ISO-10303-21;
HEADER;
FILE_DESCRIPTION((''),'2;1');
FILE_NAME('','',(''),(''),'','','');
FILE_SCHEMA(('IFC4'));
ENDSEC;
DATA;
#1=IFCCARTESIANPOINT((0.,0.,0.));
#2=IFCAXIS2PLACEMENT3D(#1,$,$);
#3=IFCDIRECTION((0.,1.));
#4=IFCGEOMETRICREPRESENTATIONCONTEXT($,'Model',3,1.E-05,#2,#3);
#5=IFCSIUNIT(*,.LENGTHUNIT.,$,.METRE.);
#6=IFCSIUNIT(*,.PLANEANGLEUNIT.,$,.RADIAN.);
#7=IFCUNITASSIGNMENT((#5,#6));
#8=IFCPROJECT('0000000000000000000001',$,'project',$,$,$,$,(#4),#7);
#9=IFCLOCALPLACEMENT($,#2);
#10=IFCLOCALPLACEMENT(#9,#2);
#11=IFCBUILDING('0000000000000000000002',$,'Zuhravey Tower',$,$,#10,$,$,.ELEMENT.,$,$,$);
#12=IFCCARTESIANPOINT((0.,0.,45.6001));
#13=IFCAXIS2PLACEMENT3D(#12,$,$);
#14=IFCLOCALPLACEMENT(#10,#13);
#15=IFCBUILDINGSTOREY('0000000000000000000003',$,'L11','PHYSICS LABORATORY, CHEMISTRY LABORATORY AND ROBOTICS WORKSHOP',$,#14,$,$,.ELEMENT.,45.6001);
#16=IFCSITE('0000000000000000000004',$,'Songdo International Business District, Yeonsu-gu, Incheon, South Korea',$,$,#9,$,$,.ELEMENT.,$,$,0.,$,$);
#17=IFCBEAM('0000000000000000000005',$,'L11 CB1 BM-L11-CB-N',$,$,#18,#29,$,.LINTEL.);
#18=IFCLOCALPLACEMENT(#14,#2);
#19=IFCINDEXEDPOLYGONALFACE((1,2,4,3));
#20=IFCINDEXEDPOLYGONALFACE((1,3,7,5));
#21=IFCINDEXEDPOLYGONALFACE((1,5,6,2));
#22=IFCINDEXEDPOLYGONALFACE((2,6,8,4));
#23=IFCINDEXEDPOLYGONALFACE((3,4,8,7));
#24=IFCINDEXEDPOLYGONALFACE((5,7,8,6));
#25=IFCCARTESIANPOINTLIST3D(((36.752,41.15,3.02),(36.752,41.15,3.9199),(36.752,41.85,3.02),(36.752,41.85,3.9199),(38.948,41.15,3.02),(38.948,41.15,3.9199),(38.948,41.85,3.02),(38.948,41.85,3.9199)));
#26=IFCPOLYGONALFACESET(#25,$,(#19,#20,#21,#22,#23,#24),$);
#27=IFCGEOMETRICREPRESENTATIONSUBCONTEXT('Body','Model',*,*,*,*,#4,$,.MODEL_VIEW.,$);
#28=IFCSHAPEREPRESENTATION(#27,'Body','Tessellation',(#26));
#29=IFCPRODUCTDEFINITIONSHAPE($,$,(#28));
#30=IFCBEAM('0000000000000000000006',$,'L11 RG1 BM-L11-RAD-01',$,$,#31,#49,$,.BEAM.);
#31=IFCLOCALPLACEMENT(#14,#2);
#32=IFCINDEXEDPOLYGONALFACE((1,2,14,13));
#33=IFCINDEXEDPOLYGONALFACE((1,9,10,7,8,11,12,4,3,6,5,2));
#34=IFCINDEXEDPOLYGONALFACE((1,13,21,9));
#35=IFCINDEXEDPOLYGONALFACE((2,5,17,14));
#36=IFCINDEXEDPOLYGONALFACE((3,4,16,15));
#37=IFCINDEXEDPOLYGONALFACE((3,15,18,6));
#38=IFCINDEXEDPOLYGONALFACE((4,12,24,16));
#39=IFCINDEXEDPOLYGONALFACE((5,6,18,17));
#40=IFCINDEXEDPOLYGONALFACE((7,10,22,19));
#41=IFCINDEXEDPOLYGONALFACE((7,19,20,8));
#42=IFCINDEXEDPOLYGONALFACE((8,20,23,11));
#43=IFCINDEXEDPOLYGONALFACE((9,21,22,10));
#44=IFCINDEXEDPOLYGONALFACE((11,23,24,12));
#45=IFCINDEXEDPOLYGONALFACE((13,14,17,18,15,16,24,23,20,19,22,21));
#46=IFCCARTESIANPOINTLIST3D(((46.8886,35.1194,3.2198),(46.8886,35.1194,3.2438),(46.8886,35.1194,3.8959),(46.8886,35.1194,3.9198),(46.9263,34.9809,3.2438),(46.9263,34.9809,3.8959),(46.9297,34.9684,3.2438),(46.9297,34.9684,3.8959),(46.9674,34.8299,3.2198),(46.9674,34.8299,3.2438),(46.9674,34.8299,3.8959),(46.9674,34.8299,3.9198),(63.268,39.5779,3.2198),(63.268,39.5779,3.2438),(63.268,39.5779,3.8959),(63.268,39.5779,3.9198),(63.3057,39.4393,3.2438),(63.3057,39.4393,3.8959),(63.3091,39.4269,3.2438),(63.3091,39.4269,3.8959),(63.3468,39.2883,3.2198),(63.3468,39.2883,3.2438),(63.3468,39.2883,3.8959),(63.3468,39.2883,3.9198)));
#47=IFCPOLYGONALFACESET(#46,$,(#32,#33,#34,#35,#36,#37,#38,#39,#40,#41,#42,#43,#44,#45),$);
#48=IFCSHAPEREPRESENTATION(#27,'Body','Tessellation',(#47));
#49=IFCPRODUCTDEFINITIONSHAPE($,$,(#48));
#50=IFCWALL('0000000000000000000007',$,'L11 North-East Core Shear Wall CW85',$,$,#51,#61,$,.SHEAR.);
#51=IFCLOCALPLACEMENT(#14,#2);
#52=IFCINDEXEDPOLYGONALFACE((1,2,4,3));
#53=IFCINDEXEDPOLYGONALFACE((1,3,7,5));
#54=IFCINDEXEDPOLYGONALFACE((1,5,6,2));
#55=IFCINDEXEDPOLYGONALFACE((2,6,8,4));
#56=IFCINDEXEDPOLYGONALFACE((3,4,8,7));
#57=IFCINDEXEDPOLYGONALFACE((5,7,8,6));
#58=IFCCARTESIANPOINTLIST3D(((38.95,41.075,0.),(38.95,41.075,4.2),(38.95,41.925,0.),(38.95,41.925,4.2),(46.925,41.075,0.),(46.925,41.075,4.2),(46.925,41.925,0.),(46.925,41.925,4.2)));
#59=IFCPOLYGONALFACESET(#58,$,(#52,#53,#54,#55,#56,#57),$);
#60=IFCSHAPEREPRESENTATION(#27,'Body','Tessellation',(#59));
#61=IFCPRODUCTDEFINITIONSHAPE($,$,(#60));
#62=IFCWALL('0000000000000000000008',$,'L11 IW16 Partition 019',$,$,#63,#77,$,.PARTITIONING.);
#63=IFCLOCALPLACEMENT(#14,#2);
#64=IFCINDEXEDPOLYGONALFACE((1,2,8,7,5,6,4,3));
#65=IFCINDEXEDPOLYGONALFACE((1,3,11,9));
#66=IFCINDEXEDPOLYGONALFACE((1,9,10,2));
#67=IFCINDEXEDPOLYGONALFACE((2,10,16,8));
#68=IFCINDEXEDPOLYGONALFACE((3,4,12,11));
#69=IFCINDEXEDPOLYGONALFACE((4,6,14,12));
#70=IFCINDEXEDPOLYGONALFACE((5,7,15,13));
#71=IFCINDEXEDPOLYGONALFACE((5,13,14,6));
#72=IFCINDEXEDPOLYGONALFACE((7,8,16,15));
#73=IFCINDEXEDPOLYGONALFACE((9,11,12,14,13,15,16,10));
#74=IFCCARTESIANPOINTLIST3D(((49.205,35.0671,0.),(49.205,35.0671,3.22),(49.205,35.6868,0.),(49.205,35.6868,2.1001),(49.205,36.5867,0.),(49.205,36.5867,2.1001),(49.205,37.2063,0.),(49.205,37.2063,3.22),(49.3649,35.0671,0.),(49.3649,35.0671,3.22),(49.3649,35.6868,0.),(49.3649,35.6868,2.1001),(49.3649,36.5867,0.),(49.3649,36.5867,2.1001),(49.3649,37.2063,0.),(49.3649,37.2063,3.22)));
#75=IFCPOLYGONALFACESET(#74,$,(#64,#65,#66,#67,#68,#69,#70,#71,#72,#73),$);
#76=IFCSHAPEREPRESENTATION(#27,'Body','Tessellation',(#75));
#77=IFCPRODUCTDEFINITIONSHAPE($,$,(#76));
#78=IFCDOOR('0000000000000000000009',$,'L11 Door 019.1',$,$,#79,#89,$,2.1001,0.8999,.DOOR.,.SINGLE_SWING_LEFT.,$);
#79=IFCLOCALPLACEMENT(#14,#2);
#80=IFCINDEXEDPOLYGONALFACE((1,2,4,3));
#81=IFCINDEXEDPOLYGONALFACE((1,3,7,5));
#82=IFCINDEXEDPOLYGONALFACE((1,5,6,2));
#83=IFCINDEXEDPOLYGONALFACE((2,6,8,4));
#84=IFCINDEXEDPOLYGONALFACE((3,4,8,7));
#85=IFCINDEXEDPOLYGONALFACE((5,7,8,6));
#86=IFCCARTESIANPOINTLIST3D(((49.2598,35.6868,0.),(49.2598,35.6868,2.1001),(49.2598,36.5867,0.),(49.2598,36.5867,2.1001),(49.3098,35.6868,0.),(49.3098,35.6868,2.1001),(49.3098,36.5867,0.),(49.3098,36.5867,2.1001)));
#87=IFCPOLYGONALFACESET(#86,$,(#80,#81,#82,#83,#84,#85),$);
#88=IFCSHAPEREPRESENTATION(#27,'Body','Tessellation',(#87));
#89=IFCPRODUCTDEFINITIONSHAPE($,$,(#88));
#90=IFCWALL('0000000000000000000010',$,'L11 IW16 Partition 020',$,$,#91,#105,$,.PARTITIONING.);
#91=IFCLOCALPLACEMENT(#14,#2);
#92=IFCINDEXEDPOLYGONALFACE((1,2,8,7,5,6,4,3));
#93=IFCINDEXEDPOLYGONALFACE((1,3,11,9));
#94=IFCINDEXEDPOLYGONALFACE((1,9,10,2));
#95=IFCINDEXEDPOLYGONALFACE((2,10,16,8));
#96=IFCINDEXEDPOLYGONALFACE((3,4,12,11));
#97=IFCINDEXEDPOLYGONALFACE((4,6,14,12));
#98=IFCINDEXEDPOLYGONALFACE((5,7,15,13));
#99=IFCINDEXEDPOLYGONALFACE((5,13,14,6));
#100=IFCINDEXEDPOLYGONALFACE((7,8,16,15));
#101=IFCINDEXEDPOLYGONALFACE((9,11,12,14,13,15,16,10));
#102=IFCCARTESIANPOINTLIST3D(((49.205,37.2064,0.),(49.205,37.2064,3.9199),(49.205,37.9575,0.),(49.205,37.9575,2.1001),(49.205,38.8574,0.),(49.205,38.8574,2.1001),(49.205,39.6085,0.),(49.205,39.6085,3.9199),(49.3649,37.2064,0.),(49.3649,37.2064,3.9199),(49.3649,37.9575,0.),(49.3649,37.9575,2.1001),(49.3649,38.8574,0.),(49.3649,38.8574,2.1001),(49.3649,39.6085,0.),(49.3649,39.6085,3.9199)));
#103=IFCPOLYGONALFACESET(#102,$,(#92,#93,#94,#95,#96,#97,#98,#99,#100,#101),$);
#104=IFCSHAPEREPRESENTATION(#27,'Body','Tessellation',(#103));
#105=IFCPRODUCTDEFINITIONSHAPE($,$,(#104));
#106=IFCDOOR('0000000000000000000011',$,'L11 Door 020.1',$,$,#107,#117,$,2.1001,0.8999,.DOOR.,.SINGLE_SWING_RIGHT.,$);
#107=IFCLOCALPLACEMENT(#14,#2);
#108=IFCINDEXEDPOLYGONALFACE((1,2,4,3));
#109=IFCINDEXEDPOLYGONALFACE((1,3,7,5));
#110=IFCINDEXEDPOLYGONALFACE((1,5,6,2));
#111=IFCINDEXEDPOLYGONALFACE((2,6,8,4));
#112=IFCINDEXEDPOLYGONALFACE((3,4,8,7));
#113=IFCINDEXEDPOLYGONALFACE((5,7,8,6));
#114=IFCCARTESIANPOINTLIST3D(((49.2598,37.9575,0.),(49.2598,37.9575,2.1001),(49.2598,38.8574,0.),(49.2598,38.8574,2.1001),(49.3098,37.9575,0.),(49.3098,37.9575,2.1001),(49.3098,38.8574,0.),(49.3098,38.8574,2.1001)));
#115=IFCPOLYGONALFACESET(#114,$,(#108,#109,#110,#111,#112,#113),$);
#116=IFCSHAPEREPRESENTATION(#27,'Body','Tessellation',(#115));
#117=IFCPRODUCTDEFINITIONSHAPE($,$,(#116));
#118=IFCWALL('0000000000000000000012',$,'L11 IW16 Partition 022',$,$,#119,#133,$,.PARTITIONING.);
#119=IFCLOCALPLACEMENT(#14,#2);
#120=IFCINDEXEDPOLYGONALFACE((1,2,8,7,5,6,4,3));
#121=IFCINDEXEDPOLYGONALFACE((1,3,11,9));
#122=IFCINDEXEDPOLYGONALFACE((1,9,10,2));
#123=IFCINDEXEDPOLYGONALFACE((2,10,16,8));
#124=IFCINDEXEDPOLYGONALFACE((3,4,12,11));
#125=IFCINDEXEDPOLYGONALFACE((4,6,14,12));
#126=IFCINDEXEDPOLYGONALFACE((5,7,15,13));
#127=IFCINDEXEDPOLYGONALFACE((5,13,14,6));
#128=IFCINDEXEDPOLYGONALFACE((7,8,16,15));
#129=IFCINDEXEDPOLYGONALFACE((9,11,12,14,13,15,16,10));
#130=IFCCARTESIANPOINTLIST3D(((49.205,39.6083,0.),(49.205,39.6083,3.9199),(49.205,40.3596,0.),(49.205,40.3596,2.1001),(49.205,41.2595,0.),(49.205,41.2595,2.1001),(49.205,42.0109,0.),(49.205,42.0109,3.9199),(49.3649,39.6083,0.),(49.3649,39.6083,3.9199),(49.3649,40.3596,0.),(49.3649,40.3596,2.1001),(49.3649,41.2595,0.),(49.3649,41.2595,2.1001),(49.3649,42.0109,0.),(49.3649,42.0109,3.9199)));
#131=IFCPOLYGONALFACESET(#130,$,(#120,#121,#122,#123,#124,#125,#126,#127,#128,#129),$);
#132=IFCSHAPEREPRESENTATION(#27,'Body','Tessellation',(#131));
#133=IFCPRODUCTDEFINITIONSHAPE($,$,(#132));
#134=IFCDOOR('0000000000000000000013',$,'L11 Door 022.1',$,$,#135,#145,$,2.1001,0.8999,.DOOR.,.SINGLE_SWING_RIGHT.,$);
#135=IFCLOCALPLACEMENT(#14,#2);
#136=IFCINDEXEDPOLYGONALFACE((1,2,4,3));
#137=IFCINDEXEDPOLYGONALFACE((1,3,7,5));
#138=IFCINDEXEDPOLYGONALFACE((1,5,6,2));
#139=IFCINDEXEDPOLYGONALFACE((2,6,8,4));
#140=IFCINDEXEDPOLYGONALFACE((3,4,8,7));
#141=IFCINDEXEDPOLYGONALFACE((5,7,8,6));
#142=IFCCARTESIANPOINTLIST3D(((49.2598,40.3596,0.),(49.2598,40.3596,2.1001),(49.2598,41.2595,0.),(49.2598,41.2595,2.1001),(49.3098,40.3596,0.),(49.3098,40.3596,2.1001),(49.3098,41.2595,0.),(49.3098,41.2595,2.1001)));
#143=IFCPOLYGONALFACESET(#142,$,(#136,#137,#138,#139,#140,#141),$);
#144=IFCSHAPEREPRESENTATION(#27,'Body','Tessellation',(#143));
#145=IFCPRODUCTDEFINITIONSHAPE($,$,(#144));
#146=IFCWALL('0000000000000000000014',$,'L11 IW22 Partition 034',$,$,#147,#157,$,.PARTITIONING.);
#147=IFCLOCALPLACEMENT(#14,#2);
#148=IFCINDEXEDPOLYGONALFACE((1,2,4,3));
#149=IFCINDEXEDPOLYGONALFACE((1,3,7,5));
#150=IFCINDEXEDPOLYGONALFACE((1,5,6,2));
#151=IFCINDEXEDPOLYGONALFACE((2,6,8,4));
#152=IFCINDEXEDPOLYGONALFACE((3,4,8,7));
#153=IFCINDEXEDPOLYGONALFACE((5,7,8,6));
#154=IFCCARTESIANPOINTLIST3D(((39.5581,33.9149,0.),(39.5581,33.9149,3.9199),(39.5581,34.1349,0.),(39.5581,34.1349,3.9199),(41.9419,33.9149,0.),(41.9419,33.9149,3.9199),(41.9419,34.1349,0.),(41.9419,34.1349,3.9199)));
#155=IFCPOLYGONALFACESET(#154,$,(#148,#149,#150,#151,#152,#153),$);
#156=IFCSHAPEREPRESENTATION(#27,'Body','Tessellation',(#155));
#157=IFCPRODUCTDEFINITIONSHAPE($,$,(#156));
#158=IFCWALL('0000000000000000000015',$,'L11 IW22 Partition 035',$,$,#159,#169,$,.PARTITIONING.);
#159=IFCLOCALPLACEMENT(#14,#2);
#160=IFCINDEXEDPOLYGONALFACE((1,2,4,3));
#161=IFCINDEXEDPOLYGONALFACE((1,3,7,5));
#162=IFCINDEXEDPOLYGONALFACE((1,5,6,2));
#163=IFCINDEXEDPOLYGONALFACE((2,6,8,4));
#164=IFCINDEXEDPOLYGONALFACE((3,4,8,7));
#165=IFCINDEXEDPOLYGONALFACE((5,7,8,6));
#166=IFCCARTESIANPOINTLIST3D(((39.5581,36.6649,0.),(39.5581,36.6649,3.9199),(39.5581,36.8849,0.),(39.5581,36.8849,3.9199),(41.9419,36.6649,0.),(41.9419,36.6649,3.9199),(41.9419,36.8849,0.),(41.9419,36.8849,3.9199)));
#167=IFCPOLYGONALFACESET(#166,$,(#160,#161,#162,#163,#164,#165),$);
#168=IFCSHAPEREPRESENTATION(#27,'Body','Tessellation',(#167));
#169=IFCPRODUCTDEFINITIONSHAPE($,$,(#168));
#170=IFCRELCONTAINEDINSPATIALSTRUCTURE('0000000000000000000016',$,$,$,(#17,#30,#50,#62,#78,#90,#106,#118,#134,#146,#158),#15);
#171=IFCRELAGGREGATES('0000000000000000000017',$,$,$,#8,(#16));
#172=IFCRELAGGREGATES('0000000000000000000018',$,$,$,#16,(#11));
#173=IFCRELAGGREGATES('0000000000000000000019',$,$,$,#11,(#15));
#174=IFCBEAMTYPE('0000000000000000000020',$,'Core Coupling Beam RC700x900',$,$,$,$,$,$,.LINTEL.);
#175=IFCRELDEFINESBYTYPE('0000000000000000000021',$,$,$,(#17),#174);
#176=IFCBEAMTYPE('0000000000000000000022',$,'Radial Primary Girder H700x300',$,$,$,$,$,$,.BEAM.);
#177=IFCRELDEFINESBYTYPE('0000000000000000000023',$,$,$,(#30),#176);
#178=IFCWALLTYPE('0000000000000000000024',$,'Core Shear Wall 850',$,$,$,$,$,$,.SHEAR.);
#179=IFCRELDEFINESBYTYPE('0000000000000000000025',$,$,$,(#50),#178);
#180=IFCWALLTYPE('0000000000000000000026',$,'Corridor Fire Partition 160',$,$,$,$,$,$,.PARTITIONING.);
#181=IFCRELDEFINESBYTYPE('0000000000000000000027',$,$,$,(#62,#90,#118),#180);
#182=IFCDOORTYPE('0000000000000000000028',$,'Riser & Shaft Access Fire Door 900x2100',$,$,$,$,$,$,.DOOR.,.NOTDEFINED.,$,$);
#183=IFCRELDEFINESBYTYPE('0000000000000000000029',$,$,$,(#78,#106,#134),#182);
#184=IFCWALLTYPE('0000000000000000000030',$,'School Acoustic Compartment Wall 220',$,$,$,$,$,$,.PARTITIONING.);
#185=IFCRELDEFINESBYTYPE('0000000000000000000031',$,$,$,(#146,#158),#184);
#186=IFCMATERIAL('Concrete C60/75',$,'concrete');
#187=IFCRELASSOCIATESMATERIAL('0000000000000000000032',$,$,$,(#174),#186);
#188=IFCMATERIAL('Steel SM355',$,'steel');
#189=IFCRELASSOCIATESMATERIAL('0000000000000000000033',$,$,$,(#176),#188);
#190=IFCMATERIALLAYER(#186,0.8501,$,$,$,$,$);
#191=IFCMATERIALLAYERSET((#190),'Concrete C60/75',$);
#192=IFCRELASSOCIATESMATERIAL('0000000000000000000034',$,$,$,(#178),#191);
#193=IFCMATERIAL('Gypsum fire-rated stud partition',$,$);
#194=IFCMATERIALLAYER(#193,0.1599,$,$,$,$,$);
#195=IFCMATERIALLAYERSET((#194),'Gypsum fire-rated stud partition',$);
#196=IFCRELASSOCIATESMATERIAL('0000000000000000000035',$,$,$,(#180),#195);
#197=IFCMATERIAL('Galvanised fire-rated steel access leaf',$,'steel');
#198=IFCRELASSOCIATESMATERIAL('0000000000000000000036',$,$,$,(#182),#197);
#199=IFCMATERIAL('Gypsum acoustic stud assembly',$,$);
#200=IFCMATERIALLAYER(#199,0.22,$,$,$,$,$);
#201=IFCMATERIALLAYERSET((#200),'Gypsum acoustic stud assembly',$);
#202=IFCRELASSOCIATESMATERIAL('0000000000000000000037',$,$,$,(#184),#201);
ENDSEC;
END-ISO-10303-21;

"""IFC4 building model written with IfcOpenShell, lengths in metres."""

from ifc_helpers import new_model, si_unit, direction, frame, frame_2d, origin, origin_2d, place, context, subcontext, project, spatial, rectangle, i_section, extrude, material, layer, layer_set, material_profile, profile_set, type_object, element, fill, save


model = new_model("IFC4")

# Units and contexts
model_context = context("Model", 3, precision=1e-05, world=origin(), true_north=direction((0.0, 1.0)))
body_context = subcontext(model_context, "Body", "Model", "MODEL_VIEW")
ifc_project = project(units=[si_unit("LENGTHUNIT", "METRE"), si_unit("PLANEANGLEUNIT", "RADIAN")], contexts=[model_context])

# Site, building, storey
site_placement = place(None, origin())
site = spatial("IfcSite", under=ifc_project, at=site_placement, Name="Songdo International Business District, Yeonsu-gu, Incheon, South Korea", CompositionType="ELEMENT", RefElevation=0.0)
building_placement = place(site_placement, origin())
building = spatial("IfcBuilding", under=site, at=building_placement, Name="Zuhravey Tower", CompositionType="ELEMENT")
storey_placement = place(building_placement, frame((0.0, 0.0, 45.6001)))
storey = spatial("IfcBuildingStorey", under=building, at=storey_placement, Name="L11", Description="PHYSICS LABORATORY, CHEMISTRY LABORATORY AND ROBOTICS WORKSHOP", CompositionType="ELEMENT", Elevation=45.6001)

# Beams
ifc_material_1 = material(Name="Concrete C60/75", Category="concrete")
ifc_material_profile_1 = material_profile(ifc_material_1, rectangle(XDim=0.7, YDim=0.8999, at=origin_2d()), Name="RC-700x900")
ifc_profile_set_1 = profile_set([ifc_material_profile_1], Name="Concrete C60/75")
beam_type_1 = type_object("IfcBeamType", Name="Core Coupling Beam RC700x900", PredefinedType="LINTEL", material=ifc_profile_set_1)
beam_1_placement = place(storey_placement, frame((36.752, 41.5, 3.47), z_axis=(1.0, 0.0, 0.0), x_axis=(0.0, 1.0, 0.0)))
element("IfcBeam", 1, at=beam_1_placement, inside=storey, type_object=beam_type_1, Name="L11 CB1 BM-L11-CB-N", PredefinedType="LINTEL", context=body_context, shape_type="SweptSolid", body=[
    extrude(rectangle(XDim=0.7, YDim=0.8999, at=origin_2d()), origin(), (0.0, 0.0, 1.0), 2.196),
])
ifc_material_2 = material(Name="Steel SM355", Category="steel")
ifc_material_profile_2 = material_profile(ifc_material_2, i_section(OverallWidth=0.3, OverallDepth=0.7, WebThickness=0.0129, FlangeThickness=0.0239, at=origin_2d()), Name="H-700x300x13x24")
ifc_profile_set_2 = profile_set([ifc_material_profile_2], Name="Steel SM355")
beam_type_2 = type_object("IfcBeamType", Name="Radial Primary Girder H700x300", PredefinedType="BEAM", material=ifc_profile_set_2)
beam_2_placement = place(storey_placement, frame((46.928, 34.9746, 3.5698), z_axis=(0.964892, 0.262645, 0.0), x_axis=(-0.262645, 0.964892, 0.0)))
element("IfcBeam", 2, at=beam_2_placement, inside=storey, type_object=beam_type_2, Name="L11 RG1 BM-L11-RAD-01", PredefinedType="BEAM", context=body_context, shape_type="SweptSolid", body=[
    extrude(i_section(OverallWidth=0.3, OverallDepth=0.7, WebThickness=0.0129, FlangeThickness=0.0239, at=origin_2d()), origin(), (0.0, 0.0, 1.0), 16.9753),
])

# Wall
ifc_layer_1 = layer(ifc_material_1, 0.8501)
ifc_layer_set_1 = layer_set([ifc_layer_1], Name="Concrete C60/75")
wall_type_1 = type_object("IfcWallType", Name="Core Shear Wall 850", PredefinedType="SHEAR", material=ifc_layer_set_1)
wall_1_placement = place(storey_placement, frame((46.925, 41.5, 0.0), z_axis=(0.0, 0.0, 1.0), x_axis=(-1.0, 0.0, 0.0)))
element("IfcWall", 3, at=wall_1_placement, inside=storey, type_object=wall_type_1, Name="L11 North-East Core Shear Wall CW85", PredefinedType="SHEAR", context=body_context, shape_type="SweptSolid", body=[
    extrude(rectangle(XDim=7.9751, YDim=0.8501, at=frame_2d((3.9875, 0.0))), origin(), (0.0, 0.0, 1.0), 4.2),
])

# Walls, openings, doors
ifc_material_3 = material(Name="Gypsum fire-rated stud partition")
ifc_layer_2 = layer(ifc_material_3, 0.1599)
ifc_layer_set_2 = layer_set([ifc_layer_2], Name="Gypsum fire-rated stud partition")
wall_type_2 = type_object("IfcWallType", Name="Corridor Fire Partition 160", PredefinedType="PARTITIONING", material=ifc_layer_set_2)
wall_2_placement = place(storey_placement, frame((49.2849, 35.0671, 0.0), z_axis=(0.0, 0.0, 1.0), x_axis=(0.0, 1.0, 0.0)))
wall_2 = element("IfcWall", 4, at=wall_2_placement, inside=storey, type_object=wall_type_2, Name="L11 IW16 Partition 019", PredefinedType="PARTITIONING", context=body_context, shape_type="SweptSolid", body=[
    extrude(rectangle(XDim=2.1392, YDim=0.1599, at=frame_2d((1.0696, 0.0))), origin(), (0.0, 0.0, 1.0), 3.22),
])
opening_1_placement = place(wall_2_placement, frame((0.6196, 0.0, 0.0)))
opening_1 = element("IfcOpeningElement", 5, at=opening_1_placement, cuts=wall_2, PredefinedType="OPENING", context=body_context, shape_type="SweptSolid", body=[
    extrude(rectangle(XDim=0.8999, YDim=2.1001, at=frame_2d((0.45, 1.05))), frame((0.0, 0.092, 0.0), z_axis=(0.0, -1.0, 0.0), x_axis=(1.0, 0.0, 0.0)), (0.0, 0.0, 1.0), 0.1838),
])
ifc_material_4 = material(Name="Galvanised fire-rated steel access leaf", Category="steel")
door_type_1 = type_object("IfcDoorType", Name="Riser & Shaft Access Fire Door 900x2100", OperationType="NOTDEFINED", PredefinedType="DOOR", material=ifc_material_4)
door_1_placement = place(opening_1_placement, frame((0.8999, 0.0, 0.0), z_axis=(0.0, 0.0, 1.0), x_axis=(-1.0, 0.0, 0.0)))
door_1 = element("IfcDoor", 6, at=door_1_placement, inside=storey, type_object=door_type_1, Name="L11 Door 019.1", OperationType="SINGLE_SWING_LEFT", OverallHeight=2.1001, OverallWidth=0.8999, PredefinedType="DOOR", context=body_context, shape_type="SweptSolid", body=[
    extrude(rectangle(XDim=0.8999, YDim=2.1001, at=frame_2d((0.45, 1.05))), frame((0.0, 0.0249, 0.0), z_axis=(0.0, -1.0, 0.0), x_axis=(1.0, 0.0, 0.0)), (0.0, 0.0, 1.0), 0.05),
])
fill(opening_1, door_1)
wall_3_placement = place(storey_placement, frame((49.2849, 37.2063, 0.0), z_axis=(0.0, 0.0, 1.0), x_axis=(0.0, 1.0, 0.0)))
wall_3 = element("IfcWall", 7, at=wall_3_placement, inside=storey, type_object=wall_type_2, Name="L11 IW16 Partition 020", PredefinedType="PARTITIONING", context=body_context, shape_type="SweptSolid", body=[
    extrude(rectangle(XDim=2.4021, YDim=0.1599, at=frame_2d((1.2012, 0.0))), origin(), (0.0, 0.0, 1.0), 3.9199),
])
opening_2_placement = place(wall_3_placement, frame((0.7512, 0.0, 0.0)))
opening_2 = element("IfcOpeningElement", 8, at=opening_2_placement, cuts=wall_3, PredefinedType="OPENING", context=body_context, shape_type="SweptSolid", body=[
    extrude(rectangle(XDim=0.8999, YDim=2.1001, at=frame_2d((0.45, 1.05))), frame((0.0, 0.092, 0.0), z_axis=(0.0, -1.0, 0.0), x_axis=(1.0, 0.0, 0.0)), (0.0, 0.0, 1.0), 0.1838),
])
door_2_placement = place(opening_2_placement, frame((0.8999, 0.0, 0.0), z_axis=(0.0, 0.0, 1.0), x_axis=(-1.0, 0.0, 0.0)))
door_2 = element("IfcDoor", 9, at=door_2_placement, inside=storey, type_object=door_type_1, Name="L11 Door 020.1", OperationType="SINGLE_SWING_RIGHT", OverallHeight=2.1001, OverallWidth=0.8999, PredefinedType="DOOR", context=body_context, shape_type="SweptSolid", body=[
    extrude(rectangle(XDim=0.8999, YDim=2.1001, at=frame_2d((0.45, 1.05))), frame((0.0, 0.0249, 0.0), z_axis=(0.0, -1.0, 0.0), x_axis=(1.0, 0.0, 0.0)), (0.0, 0.0, 1.0), 0.05),
])
fill(opening_2, door_2)
wall_4_placement = place(storey_placement, frame((49.2849, 39.6084, 0.0), z_axis=(0.0, 0.0, 1.0), x_axis=(0.0, 1.0, 0.0)))
wall_4 = element("IfcWall", 10, at=wall_4_placement, inside=storey, type_object=wall_type_2, Name="L11 IW16 Partition 022", PredefinedType="PARTITIONING", context=body_context, shape_type="SweptSolid", body=[
    extrude(rectangle(XDim=2.4026, YDim=0.1599, at=frame_2d((1.2012, 0.0))), origin(), (0.0, 0.0, 1.0), 3.9199),
])
opening_3_placement = place(wall_4_placement, frame((0.7512, 0.0, 0.0)))
opening_3 = element("IfcOpeningElement", 11, at=opening_3_placement, cuts=wall_4, PredefinedType="OPENING", context=body_context, shape_type="SweptSolid", body=[
    extrude(rectangle(XDim=0.8999, YDim=2.1001, at=frame_2d((0.45, 1.05))), frame((0.0, 0.092, 0.0), z_axis=(0.0, -1.0, 0.0), x_axis=(1.0, 0.0, 0.0)), (0.0, 0.0, 1.0), 0.1838),
])
door_3_placement = place(opening_3_placement, frame((0.8999, 0.0, 0.0), z_axis=(0.0, 0.0, 1.0), x_axis=(-1.0, 0.0, 0.0)))
door_3 = element("IfcDoor", 12, at=door_3_placement, inside=storey, type_object=door_type_1, Name="L11 Door 022.1", OperationType="SINGLE_SWING_RIGHT", OverallHeight=2.1001, OverallWidth=0.8999, PredefinedType="DOOR", context=body_context, shape_type="SweptSolid", body=[
    extrude(rectangle(XDim=0.8999, YDim=2.1001, at=frame_2d((0.45, 1.05))), frame((0.0, 0.0249, 0.0), z_axis=(0.0, -1.0, 0.0), x_axis=(1.0, 0.0, 0.0)), (0.0, 0.0, 1.0), 0.05),
])
fill(opening_3, door_3)

# Walls
ifc_material_5 = material(Name="Gypsum acoustic stud assembly")
ifc_layer_3 = layer(ifc_material_5, 0.22)
ifc_layer_set_3 = layer_set([ifc_layer_3], Name="Gypsum acoustic stud assembly")
wall_type_3 = type_object("IfcWallType", Name="School Acoustic Compartment Wall 220", PredefinedType="PARTITIONING", material=ifc_layer_set_3)
for number, where, z_axis, x_axis, name in (
    (13, (39.5581, 34.0249, 0.0), (0.0, 0.0, 1.0), (1.0, 0.0, 0.0), "L11 IW22 Partition 034"),
    (14, (39.5581, 36.7749, 0.0), (0.0, 0.0, 1.0), (1.0, 0.0, 0.0), "L11 IW22 Partition 035"),
):
    element("IfcWall", number, at=place(storey_placement, frame(where, z_axis=z_axis, x_axis=x_axis)), inside=storey, type_object=wall_type_3, Name=name, PredefinedType="PARTITIONING", context=body_context, shape_type="SweptSolid", body=[
        extrude(rectangle(XDim=2.3838, YDim=0.22, at=frame_2d((1.1919, 0.0))), origin(), (0.0, 0.0, 1.0), 3.9199),
    ])

save(model, "model.ifc")
